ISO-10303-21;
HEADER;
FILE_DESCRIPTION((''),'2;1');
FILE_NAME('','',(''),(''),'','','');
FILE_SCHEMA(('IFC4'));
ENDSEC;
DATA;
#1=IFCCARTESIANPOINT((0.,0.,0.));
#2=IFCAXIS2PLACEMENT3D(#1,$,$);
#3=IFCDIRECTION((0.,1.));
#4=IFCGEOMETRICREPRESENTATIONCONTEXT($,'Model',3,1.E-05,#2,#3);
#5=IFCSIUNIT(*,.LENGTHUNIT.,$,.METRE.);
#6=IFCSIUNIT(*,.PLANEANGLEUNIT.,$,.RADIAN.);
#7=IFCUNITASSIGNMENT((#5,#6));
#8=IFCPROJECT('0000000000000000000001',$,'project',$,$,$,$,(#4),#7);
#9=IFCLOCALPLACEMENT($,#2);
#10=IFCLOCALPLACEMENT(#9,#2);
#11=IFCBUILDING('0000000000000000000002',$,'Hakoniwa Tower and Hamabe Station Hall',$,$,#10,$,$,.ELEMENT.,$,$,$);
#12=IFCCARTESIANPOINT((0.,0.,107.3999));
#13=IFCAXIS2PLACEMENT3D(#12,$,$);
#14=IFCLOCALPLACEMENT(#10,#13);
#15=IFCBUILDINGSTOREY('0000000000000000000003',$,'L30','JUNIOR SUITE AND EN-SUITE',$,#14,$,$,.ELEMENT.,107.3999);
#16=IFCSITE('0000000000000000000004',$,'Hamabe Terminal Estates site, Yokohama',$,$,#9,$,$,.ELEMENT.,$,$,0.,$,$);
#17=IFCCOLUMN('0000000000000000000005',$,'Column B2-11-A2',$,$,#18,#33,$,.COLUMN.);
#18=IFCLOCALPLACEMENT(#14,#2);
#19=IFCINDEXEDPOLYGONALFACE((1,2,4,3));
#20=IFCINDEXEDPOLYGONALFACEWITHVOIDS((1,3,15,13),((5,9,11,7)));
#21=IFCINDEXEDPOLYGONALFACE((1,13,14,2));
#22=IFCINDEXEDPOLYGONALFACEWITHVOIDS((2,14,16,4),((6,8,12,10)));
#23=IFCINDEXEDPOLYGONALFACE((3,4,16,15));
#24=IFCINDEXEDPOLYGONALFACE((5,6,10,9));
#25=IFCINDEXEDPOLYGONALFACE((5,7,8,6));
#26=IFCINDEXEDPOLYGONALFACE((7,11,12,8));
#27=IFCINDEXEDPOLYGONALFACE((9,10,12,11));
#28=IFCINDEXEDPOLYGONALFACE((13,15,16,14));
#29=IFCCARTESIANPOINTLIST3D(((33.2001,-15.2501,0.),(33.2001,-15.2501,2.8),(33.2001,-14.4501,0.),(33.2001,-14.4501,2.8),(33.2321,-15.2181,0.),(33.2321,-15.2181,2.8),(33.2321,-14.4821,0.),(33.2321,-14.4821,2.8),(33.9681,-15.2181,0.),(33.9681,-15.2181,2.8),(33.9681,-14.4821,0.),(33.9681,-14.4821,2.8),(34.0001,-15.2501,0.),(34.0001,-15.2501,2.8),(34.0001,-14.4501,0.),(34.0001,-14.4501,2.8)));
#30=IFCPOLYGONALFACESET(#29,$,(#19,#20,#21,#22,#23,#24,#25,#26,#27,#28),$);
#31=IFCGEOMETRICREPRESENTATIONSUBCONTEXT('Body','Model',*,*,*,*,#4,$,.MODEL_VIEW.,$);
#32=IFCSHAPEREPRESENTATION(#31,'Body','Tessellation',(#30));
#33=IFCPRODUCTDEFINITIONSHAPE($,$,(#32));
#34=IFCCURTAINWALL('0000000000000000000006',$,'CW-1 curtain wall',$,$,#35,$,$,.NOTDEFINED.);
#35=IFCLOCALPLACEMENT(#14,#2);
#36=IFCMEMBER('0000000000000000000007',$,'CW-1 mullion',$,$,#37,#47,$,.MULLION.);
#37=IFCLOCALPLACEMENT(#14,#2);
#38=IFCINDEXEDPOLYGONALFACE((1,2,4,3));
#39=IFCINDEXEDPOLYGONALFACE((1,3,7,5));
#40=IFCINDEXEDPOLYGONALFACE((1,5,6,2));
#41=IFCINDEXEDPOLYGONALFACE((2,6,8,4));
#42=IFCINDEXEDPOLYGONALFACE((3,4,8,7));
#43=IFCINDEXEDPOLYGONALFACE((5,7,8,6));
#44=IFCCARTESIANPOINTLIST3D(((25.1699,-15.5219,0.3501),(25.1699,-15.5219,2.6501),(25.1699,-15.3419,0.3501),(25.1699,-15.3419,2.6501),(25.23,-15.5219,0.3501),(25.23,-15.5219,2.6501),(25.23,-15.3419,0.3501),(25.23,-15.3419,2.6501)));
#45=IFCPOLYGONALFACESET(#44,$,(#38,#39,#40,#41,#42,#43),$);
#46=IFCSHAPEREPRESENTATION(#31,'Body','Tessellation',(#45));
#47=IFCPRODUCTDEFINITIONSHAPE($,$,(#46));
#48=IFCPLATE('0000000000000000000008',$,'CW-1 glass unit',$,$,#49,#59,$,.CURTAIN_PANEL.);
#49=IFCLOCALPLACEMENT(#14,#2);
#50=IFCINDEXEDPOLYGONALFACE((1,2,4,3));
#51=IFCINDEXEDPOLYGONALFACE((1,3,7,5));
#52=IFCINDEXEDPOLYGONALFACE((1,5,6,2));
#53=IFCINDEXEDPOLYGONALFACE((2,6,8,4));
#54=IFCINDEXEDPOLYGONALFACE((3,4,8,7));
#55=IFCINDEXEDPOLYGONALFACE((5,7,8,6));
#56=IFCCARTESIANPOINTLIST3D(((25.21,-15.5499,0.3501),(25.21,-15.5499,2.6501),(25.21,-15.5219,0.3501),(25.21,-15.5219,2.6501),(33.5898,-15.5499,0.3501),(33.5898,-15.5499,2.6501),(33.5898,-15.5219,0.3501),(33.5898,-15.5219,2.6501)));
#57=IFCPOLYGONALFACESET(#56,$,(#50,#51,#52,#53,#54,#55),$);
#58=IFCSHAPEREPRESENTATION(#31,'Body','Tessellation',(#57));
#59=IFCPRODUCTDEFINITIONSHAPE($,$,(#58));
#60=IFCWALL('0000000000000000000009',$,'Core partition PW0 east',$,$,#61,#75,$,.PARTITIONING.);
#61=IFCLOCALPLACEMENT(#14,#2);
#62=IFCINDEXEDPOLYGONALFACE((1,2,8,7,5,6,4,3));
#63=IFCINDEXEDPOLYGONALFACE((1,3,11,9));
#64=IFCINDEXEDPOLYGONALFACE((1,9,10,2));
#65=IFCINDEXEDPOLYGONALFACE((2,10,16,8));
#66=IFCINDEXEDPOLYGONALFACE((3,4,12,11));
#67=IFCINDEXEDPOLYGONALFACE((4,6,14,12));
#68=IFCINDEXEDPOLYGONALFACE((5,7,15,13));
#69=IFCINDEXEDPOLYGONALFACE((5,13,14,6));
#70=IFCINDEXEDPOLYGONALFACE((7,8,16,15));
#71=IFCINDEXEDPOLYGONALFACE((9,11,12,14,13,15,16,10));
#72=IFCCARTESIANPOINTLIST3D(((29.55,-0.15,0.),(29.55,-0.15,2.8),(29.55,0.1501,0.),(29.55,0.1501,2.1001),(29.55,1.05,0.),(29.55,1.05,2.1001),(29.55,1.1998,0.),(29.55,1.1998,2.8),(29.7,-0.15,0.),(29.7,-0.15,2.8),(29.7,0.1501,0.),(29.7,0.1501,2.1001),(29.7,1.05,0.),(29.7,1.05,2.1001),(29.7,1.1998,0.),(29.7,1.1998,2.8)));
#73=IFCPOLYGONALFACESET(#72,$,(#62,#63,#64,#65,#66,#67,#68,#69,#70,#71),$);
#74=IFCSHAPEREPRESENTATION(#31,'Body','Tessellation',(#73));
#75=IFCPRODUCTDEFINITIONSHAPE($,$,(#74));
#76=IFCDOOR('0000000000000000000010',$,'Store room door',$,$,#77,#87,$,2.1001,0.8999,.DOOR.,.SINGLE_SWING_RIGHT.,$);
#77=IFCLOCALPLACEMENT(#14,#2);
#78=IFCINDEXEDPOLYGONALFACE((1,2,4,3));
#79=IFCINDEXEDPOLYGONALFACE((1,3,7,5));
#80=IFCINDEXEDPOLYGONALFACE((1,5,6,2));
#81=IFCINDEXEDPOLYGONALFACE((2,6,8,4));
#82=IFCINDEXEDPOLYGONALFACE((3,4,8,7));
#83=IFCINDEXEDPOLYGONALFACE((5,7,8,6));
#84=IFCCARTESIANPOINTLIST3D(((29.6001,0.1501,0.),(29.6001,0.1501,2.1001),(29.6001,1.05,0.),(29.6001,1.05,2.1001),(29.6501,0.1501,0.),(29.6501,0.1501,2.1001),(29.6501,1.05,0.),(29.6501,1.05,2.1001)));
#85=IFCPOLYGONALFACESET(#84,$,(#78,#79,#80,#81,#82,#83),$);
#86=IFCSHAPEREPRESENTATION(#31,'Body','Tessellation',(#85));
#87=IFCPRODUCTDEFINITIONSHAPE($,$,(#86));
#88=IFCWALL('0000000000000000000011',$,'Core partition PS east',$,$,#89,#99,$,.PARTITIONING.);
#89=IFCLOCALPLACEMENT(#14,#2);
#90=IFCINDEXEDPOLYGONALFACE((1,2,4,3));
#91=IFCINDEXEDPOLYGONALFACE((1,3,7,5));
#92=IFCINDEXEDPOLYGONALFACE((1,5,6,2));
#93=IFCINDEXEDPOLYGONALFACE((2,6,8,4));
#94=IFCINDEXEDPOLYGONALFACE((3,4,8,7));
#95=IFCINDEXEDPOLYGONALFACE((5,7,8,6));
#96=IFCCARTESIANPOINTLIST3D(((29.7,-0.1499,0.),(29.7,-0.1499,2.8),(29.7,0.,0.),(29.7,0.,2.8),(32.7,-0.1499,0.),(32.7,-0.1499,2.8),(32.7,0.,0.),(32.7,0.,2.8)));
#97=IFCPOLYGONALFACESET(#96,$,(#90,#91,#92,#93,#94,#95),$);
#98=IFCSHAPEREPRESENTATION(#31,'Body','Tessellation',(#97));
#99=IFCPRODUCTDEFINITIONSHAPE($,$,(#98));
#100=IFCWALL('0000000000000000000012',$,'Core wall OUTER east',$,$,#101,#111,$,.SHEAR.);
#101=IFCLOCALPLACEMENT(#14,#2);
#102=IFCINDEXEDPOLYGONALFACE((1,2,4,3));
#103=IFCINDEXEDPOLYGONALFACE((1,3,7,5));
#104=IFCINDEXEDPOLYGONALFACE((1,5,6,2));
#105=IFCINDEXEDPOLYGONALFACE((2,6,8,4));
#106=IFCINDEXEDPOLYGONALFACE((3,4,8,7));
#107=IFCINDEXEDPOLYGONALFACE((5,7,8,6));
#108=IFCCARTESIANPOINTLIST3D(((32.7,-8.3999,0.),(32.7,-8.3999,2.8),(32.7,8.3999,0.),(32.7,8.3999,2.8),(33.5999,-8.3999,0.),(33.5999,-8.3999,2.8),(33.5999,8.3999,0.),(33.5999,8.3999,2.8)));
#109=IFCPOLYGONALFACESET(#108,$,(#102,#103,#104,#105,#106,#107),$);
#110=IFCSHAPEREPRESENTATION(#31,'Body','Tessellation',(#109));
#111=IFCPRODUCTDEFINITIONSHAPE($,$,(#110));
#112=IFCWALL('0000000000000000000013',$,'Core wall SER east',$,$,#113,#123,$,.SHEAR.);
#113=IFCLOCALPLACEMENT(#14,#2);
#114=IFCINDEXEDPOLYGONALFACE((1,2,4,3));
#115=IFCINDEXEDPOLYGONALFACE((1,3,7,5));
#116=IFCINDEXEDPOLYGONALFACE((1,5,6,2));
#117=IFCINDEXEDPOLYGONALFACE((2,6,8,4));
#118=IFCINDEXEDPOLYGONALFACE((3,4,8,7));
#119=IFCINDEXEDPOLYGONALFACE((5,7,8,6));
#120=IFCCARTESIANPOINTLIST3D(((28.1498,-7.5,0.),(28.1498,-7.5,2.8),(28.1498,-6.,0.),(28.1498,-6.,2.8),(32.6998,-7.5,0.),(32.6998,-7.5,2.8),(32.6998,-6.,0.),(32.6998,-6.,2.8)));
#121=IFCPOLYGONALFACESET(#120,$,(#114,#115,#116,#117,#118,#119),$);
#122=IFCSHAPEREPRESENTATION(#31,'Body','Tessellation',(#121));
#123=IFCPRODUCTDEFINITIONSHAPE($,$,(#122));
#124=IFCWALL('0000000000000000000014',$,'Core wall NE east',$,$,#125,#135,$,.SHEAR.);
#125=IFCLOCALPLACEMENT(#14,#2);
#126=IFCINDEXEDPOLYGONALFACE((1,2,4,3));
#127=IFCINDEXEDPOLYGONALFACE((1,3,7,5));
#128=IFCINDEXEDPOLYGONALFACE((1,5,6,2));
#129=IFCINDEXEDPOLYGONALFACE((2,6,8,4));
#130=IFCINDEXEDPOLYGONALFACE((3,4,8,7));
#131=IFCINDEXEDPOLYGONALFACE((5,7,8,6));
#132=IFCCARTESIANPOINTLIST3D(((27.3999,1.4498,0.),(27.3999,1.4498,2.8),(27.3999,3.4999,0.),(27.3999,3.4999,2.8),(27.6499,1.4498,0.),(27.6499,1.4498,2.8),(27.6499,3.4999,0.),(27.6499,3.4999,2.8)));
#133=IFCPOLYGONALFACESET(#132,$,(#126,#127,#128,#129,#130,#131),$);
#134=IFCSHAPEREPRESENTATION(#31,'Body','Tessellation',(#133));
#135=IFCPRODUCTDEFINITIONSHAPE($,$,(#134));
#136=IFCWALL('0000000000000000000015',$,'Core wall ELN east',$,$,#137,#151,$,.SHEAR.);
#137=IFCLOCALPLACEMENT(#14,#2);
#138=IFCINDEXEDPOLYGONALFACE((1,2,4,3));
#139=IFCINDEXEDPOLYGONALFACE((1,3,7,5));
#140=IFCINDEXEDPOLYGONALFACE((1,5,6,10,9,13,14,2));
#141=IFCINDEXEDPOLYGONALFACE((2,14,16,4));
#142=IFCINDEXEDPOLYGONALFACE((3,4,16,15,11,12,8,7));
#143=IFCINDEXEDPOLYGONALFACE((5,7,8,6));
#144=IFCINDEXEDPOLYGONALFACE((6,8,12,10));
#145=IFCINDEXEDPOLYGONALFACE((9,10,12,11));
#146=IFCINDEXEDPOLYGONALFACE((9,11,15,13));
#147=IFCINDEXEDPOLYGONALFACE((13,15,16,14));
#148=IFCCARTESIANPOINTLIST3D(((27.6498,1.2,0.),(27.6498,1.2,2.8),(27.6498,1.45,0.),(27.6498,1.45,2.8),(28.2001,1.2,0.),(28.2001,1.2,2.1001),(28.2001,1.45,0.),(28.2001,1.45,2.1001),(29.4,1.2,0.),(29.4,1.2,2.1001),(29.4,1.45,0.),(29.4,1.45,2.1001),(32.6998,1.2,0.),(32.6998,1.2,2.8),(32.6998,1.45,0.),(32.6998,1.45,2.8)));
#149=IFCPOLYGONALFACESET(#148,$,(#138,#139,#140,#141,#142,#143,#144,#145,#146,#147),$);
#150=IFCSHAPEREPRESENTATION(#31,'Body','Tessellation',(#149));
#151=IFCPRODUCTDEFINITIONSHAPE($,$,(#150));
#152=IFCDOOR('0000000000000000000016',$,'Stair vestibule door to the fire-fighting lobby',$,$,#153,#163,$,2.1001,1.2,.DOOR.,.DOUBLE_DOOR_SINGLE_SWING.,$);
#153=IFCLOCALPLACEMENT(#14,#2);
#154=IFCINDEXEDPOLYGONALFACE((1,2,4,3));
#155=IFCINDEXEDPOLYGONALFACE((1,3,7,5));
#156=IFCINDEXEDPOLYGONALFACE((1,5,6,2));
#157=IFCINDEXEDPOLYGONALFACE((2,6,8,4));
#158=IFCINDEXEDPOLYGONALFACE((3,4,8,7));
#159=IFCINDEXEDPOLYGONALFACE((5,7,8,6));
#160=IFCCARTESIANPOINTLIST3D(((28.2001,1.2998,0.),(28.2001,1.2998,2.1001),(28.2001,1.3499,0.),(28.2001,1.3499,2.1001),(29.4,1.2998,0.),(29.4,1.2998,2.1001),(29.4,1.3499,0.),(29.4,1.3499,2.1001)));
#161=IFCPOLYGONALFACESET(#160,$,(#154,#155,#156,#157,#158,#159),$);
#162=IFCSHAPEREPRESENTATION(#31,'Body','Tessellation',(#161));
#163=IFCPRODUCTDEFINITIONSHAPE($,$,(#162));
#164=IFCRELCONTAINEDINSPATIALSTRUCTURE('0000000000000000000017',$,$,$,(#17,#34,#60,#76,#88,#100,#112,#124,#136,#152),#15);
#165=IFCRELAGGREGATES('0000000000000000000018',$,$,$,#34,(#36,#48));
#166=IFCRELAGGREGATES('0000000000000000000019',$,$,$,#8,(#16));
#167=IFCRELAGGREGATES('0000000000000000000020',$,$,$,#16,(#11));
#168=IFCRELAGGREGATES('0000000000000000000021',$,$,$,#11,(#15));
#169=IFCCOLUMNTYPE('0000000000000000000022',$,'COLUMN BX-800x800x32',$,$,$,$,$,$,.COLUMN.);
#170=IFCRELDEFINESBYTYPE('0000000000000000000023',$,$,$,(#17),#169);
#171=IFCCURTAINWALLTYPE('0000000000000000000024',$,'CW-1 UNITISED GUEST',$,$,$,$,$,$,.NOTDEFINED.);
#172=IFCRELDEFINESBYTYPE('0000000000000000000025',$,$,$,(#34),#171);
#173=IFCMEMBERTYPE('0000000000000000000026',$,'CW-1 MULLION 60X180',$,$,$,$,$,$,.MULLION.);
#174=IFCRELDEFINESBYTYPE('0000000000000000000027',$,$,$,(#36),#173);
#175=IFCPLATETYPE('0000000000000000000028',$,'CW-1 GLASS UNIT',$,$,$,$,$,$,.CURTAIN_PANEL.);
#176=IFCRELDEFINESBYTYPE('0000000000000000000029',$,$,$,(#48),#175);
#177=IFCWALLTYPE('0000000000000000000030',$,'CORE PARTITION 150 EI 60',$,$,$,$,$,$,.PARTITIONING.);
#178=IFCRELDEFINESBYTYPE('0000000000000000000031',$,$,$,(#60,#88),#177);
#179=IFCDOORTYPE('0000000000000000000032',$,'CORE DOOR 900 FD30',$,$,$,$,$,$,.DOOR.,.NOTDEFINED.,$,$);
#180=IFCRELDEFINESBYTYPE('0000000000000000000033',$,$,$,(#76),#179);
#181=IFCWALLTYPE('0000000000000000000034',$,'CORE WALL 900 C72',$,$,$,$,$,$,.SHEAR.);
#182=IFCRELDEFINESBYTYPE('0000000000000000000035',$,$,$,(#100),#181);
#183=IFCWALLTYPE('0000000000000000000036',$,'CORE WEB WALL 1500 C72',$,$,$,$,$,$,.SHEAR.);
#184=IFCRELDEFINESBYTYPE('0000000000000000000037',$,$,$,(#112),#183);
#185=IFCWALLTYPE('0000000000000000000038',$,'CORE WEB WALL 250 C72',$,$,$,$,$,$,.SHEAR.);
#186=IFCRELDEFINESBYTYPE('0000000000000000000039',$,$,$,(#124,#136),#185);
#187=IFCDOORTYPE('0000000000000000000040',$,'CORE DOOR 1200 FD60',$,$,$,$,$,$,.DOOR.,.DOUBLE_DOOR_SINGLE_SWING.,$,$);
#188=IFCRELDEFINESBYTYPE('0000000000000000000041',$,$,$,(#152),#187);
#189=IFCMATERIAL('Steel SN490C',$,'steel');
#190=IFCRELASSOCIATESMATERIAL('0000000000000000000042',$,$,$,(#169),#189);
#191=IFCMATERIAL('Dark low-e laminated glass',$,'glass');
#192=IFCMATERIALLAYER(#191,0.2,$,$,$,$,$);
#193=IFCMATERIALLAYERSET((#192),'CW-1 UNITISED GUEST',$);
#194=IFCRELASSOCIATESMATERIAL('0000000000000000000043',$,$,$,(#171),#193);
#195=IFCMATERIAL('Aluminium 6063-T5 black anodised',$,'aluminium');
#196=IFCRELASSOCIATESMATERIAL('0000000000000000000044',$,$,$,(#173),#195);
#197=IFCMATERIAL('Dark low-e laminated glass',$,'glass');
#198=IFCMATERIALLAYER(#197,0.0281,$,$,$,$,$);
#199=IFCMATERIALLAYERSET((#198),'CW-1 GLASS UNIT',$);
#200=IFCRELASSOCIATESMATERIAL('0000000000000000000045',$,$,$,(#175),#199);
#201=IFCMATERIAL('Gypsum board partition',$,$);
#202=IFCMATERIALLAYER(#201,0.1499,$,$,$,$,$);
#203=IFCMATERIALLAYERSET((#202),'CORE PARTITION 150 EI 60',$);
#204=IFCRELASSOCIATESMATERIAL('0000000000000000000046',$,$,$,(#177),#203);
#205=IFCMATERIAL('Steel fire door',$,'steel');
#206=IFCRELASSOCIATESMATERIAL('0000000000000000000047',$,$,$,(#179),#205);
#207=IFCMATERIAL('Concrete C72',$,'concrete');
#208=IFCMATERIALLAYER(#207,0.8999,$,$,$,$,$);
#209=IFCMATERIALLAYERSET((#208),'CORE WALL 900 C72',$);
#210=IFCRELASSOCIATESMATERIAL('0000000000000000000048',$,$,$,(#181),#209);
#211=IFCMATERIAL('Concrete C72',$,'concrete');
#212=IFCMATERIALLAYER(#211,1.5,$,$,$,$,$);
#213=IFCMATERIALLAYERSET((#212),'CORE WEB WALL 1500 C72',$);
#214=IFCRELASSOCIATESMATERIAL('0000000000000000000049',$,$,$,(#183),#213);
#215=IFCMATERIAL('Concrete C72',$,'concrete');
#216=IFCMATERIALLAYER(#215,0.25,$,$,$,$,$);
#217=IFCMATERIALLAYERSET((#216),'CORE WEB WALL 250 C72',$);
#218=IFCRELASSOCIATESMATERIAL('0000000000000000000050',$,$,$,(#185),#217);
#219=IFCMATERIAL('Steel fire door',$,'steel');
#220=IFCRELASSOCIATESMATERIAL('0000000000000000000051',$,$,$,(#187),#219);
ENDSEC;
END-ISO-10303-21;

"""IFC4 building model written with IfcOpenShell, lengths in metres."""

from ifc_helpers import new_model, si_unit, direction, frame, frame_2d, origin, origin_2d, place, context, subcontext, project, spatial, rectangle, hollow_rectangle, extrude, material, layer, layer_set, material_profile, profile_set, type_object, element, fill, aggregate, save


model = new_model("IFC4")

# Units and contexts
model_context = context("Model", 3, precision=1e-05, world=origin(), true_north=direction((0.0, 1.0)))
body_context = subcontext(model_context, "Body", "Model", "MODEL_VIEW")
ifc_project = project(units=[si_unit("LENGTHUNIT", "METRE"), si_unit("PLANEANGLEUNIT", "RADIAN")], contexts=[model_context])

# Site, building, storey
site_placement = place(None, origin())
site = spatial("IfcSite", under=ifc_project, at=site_placement, Name="Hamabe Terminal Estates site, Yokohama", CompositionType="ELEMENT", RefElevation=0.0)
building_placement = place(site_placement, origin())
building = spatial("IfcBuilding", under=site, at=building_placement, Name="Hakoniwa Tower and Hamabe Station Hall", CompositionType="ELEMENT")
storey_placement = place(building_placement, frame((0.0, 0.0, 107.3999)))
storey = spatial("IfcBuildingStorey", under=building, at=storey_placement, Name="L30", Description="JUNIOR SUITE AND EN-SUITE", CompositionType="ELEMENT", Elevation=107.3999)

# Column
ifc_material_1 = material(Name="Steel SN490C", Category="steel")
ifc_material_profile_1 = material_profile(ifc_material_1, hollow_rectangle(XDim=0.8, YDim=0.8, WallThickness=0.032, at=origin_2d()), Name="BX-800x800x32")
ifc_profile_set_1 = profile_set([ifc_material_profile_1], Name="Steel SN490C")
column_type = type_object("IfcColumnType", Name="COLUMN BX-800x800x32", PredefinedType="COLUMN", material=ifc_profile_set_1)
column_placement = place(storey_placement, frame((33.6001, -14.8501, 0.0), z_axis=(0.0, 0.0, 1.0), x_axis=(1.0, 0.0, 0.0)))
element("IfcColumn", 1, at=column_placement, inside=storey, type_object=column_type, Name="Column B2-11-A2", PredefinedType="COLUMN", context=body_context, shape_type="SweptSolid", body=[
    extrude(hollow_rectangle(XDim=0.8, YDim=0.8, WallThickness=0.032, at=origin_2d()), origin(), (0.0, 0.0, 1.0), 2.8),
])

# Curtain wall, member, plate
ifc_material_2 = material(Name="Dark low-e laminated glass", Category="glass")
ifc_layer_1 = layer(ifc_material_2, 0.2)
ifc_layer_set_1 = layer_set([ifc_layer_1], Name="CW-1 UNITISED GUEST")
curtain_wall_type = type_object("IfcCurtainWallType", Name="CW-1 UNITISED GUEST", PredefinedType="NOTDEFINED", material=ifc_layer_set_1)
curtain_wall_placement = place(storey_placement, origin())
curtain_wall = element("IfcCurtainWall", 2, at=curtain_wall_placement, inside=storey, type_object=curtain_wall_type, Name="CW-1 curtain wall", PredefinedType="NOTDEFINED")
ifc_material_3 = material(Name="Aluminium 6063-T5 black anodised", Category="aluminium")
ifc_material_profile_2 = material_profile(ifc_material_3, rectangle(XDim=0.0601, YDim=0.1799, at=origin_2d()), Name="CW-1 MULLION 60X180")
ifc_profile_set_2 = profile_set([ifc_material_profile_2], Name="Aluminium 6063-T5 black anodised")
member_type = type_object("IfcMemberType", Name="CW-1 MULLION 60X180", PredefinedType="MULLION", material=ifc_profile_set_2)
member_placement = place(storey_placement, frame((25.2, -15.4319, 0.3501), z_axis=(0.0, 0.0, 1.0), x_axis=(1.0, 0.0, 0.0)))
member = element("IfcMember", 3, at=member_placement, type_object=member_type, Name="CW-1 mullion", PredefinedType="MULLION", context=body_context, shape_type="SweptSolid", body=[
    extrude(rectangle(XDim=0.0601, YDim=0.1799, at=origin_2d()), origin(), (0.0, 0.0, 1.0), 2.3),
])
ifc_material_4 = material(Name="Dark low-e laminated glass", Category="glass")
ifc_layer_2 = layer(ifc_material_4, 0.0281)
ifc_layer_set_2 = layer_set([ifc_layer_2], Name="CW-1 GLASS UNIT")
plate_type = type_object("IfcPlateType", Name="CW-1 GLASS UNIT", PredefinedType="CURTAIN_PANEL", material=ifc_layer_set_2)
plate_placement = place(storey_placement, frame((29.3999, -15.5359, 0.3501), z_axis=(0.0, 0.0, 1.0), x_axis=(1.0, 0.0, 0.0)))
plate = element("IfcPlate", 4, at=plate_placement, type_object=plate_type, Name="CW-1 glass unit", PredefinedType="CURTAIN_PANEL", context=body_context, shape_type="SweptSolid", body=[
    extrude(rectangle(XDim=8.3799, YDim=0.0281, at=origin_2d()), origin(), (0.0, 0.0, 1.0), 2.3),
])
aggregate(curtain_wall, [member, plate])

# Wall, opening, door
ifc_material_5 = material(Name="Gypsum board partition")
ifc_layer_3 = layer(ifc_material_5, 0.1499)
ifc_layer_set_3 = layer_set([ifc_layer_3], Name="CORE PARTITION 150 EI 60")
wall_type_1 = type_object("IfcWallType", Name="CORE PARTITION 150 EI 60", PredefinedType="PARTITIONING", material=ifc_layer_set_3)
wall_1_placement = place(storey_placement, frame((29.625, -0.1499, 0.0), z_axis=(0.0, 0.0, 1.0), x_axis=(0.0, 1.0, 0.0)))
wall_1 = element("IfcWall", 5, at=wall_1_placement, inside=storey, type_object=wall_type_1, Name="Core partition PW0 east", PredefinedType="PARTITIONING", context=body_context, shape_type="SweptSolid", body=[
    extrude(rectangle(XDim=1.3499, YDim=0.1499, at=frame_2d((0.6748, 0.0))), origin(), (0.0, 0.0, 1.0), 2.8),
])
opening_1_placement = place(wall_1_placement, frame((0.3, 0.0, 0.0)))
opening_1 = element("IfcOpeningElement", 6, at=opening_1_placement, cuts=wall_1, PredefinedType="OPENING", context=body_context, shape_type="SweptSolid", body=[
    extrude(rectangle(XDim=0.8999, YDim=2.1001, at=frame_2d((0.45, 1.05))), frame((0.0, 0.085, 0.0), z_axis=(0.0, -1.0, 0.0), x_axis=(1.0, 0.0, 0.0)), (0.0, 0.0, 1.0), 0.1699),
])
ifc_material_6 = material(Name="Steel fire door", Category="steel")
door_type_1 = type_object("IfcDoorType", Name="CORE DOOR 900 FD30", OperationType="NOTDEFINED", PredefinedType="DOOR", material=ifc_material_6)
door_1_placement = place(opening_1_placement, origin())
door_1 = element("IfcDoor", 7, at=door_1_placement, inside=storey, type_object=door_type_1, Name="Store room door", OperationType="SINGLE_SWING_RIGHT", OverallHeight=2.1001, OverallWidth=0.8999, PredefinedType="DOOR", context=body_context, shape_type="SweptSolid", body=[
    extrude(rectangle(XDim=0.8999, YDim=2.1001, at=frame_2d((0.45, 1.05))), frame((0.0, 0.0249, 0.0), z_axis=(0.0, -1.0, 0.0), x_axis=(1.0, 0.0, 0.0)), (0.0, 0.0, 1.0), 0.05),
])
fill(opening_1, door_1)

# Walls
wall_2_placement = place(storey_placement, frame((29.7, -0.075, 0.0), z_axis=(0.0, 0.0, 1.0), x_axis=(1.0, 0.0, 0.0)))
element("IfcWall", 8, at=wall_2_placement, inside=storey, type_object=wall_type_1, Name="Core partition PS east", PredefinedType="PARTITIONING", context=body_context, shape_type="SweptSolid", body=[
    extrude(rectangle(XDim=3.0, YDim=0.1499, at=frame_2d((1.5, 0.0))), origin(), (0.0, 0.0, 1.0), 2.8),
])
ifc_material_7 = material(Name="Concrete C72", Category="concrete")
ifc_layer_4 = layer(ifc_material_7, 0.8999)
ifc_layer_set_4 = layer_set([ifc_layer_4], Name="CORE WALL 900 C72")
wall_type_2 = type_object("IfcWallType", Name="CORE WALL 900 C72", PredefinedType="SHEAR", material=ifc_layer_set_4)
wall_3_placement = place(storey_placement, frame((33.1499, -8.3999, 0.0), z_axis=(0.0, 0.0, 1.0), x_axis=(0.0, 1.0, 0.0)))
element("IfcWall", 9, at=wall_3_placement, inside=storey, type_object=wall_type_2, Name="Core wall OUTER east", PredefinedType="SHEAR", context=body_context, shape_type="SweptSolid", body=[
    extrude(rectangle(XDim=16.7998, YDim=0.8999, at=frame_2d((8.3999, 0.0))), origin(), (0.0, 0.0, 1.0), 2.8),
])
ifc_material_8 = material(Name="Concrete C72", Category="concrete")
ifc_layer_5 = layer(ifc_material_8, 1.5)
ifc_layer_set_5 = layer_set([ifc_layer_5], Name="CORE WEB WALL 1500 C72")
wall_type_3 = type_object("IfcWallType", Name="CORE WEB WALL 1500 C72", PredefinedType="SHEAR", material=ifc_layer_set_5)
wall_4_placement = place(storey_placement, frame((28.1499, -6.75, 0.0), z_axis=(0.0, 0.0, 1.0), x_axis=(1.0, 0.0, 0.0)))
element("IfcWall", 10, at=wall_4_placement, inside=storey, type_object=wall_type_3, Name="Core wall SER east", PredefinedType="SHEAR", context=body_context, shape_type="SweptSolid", body=[
    extrude(rectangle(XDim=4.55, YDim=1.5, at=frame_2d((2.2749, 0.0))), origin(), (0.0, 0.0, 1.0), 2.8),
])
ifc_material_9 = material(Name="Concrete C72", Category="concrete")
ifc_layer_6 = layer(ifc_material_9, 0.25)
ifc_layer_set_6 = layer_set([ifc_layer_6], Name="CORE WEB WALL 250 C72")
wall_type_4 = type_object("IfcWallType", Name="CORE WEB WALL 250 C72", PredefinedType="SHEAR", material=ifc_layer_set_6)
wall_5_placement = place(storey_placement, frame((27.5249, 1.45, 0.0), z_axis=(0.0, 0.0, 1.0), x_axis=(0.0, 1.0, 0.0)))
element("IfcWall", 11, at=wall_5_placement, inside=storey, type_object=wall_type_4, Name="Core wall NE east", PredefinedType="SHEAR", context=body_context, shape_type="SweptSolid", body=[
    extrude(rectangle(XDim=2.05, YDim=0.25, at=frame_2d((1.0249, 0.0))), origin(), (0.0, 0.0, 1.0), 2.8),
])

# Wall, opening, door
wall_6_placement = place(storey_placement, frame((27.6499, 1.325, 0.0), z_axis=(0.0, 0.0, 1.0), x_axis=(1.0, 0.0, 0.0)))
wall_6 = element("IfcWall", 12, at=wall_6_placement, inside=storey, type_object=wall_type_4, Name="Core wall ELN east", PredefinedType="SHEAR", context=body_context, shape_type="SweptSolid", body=[
    extrude(rectangle(XDim=5.05, YDim=0.25, at=frame_2d((2.5249, 0.0))), origin(), (0.0, 0.0, 1.0), 2.8),
])
opening_2_placement = place(wall_6_placement, frame((0.55, 0.0, 0.0)))
opening_2 = element("IfcOpeningElement", 13, at=opening_2_placement, cuts=wall_6, PredefinedType="OPENING", context=body_context, shape_type="SweptSolid", body=[
    extrude(rectangle(XDim=1.2, YDim=2.1001, at=frame_2d((0.6001, 1.05))), frame((0.0, 0.135, 0.0), z_axis=(0.0, -1.0, 0.0), x_axis=(1.0, 0.0, 0.0)), (0.0, 0.0, 1.0), 0.27),
])
ifc_material_10 = material(Name="Steel fire door", Category="steel")
door_type_2 = type_object("IfcDoorType", Name="CORE DOOR 1200 FD60", OperationType="DOUBLE_DOOR_SINGLE_SWING", PredefinedType="DOOR", material=ifc_material_10)
door_2_placement = place(opening_2_placement, origin())
door_2 = element("IfcDoor", 14, at=door_2_placement, inside=storey, type_object=door_type_2, Name="Stair vestibule door to the fire-fighting lobby", OperationType="DOUBLE_DOOR_SINGLE_SWING", OverallHeight=2.1001, OverallWidth=1.2, PredefinedType="DOOR", context=body_context, shape_type="SweptSolid", body=[
    extrude(rectangle(XDim=1.2, YDim=2.1001, at=frame_2d((0.6001, 1.05))), frame((0.0, 0.0249, 0.0), z_axis=(0.0, -1.0, 0.0), x_axis=(1.0, 0.0, 0.0)), (0.0, 0.0, 1.0), 0.05),
])
fill(opening_2, door_2)

save(model, "model.ifc")
